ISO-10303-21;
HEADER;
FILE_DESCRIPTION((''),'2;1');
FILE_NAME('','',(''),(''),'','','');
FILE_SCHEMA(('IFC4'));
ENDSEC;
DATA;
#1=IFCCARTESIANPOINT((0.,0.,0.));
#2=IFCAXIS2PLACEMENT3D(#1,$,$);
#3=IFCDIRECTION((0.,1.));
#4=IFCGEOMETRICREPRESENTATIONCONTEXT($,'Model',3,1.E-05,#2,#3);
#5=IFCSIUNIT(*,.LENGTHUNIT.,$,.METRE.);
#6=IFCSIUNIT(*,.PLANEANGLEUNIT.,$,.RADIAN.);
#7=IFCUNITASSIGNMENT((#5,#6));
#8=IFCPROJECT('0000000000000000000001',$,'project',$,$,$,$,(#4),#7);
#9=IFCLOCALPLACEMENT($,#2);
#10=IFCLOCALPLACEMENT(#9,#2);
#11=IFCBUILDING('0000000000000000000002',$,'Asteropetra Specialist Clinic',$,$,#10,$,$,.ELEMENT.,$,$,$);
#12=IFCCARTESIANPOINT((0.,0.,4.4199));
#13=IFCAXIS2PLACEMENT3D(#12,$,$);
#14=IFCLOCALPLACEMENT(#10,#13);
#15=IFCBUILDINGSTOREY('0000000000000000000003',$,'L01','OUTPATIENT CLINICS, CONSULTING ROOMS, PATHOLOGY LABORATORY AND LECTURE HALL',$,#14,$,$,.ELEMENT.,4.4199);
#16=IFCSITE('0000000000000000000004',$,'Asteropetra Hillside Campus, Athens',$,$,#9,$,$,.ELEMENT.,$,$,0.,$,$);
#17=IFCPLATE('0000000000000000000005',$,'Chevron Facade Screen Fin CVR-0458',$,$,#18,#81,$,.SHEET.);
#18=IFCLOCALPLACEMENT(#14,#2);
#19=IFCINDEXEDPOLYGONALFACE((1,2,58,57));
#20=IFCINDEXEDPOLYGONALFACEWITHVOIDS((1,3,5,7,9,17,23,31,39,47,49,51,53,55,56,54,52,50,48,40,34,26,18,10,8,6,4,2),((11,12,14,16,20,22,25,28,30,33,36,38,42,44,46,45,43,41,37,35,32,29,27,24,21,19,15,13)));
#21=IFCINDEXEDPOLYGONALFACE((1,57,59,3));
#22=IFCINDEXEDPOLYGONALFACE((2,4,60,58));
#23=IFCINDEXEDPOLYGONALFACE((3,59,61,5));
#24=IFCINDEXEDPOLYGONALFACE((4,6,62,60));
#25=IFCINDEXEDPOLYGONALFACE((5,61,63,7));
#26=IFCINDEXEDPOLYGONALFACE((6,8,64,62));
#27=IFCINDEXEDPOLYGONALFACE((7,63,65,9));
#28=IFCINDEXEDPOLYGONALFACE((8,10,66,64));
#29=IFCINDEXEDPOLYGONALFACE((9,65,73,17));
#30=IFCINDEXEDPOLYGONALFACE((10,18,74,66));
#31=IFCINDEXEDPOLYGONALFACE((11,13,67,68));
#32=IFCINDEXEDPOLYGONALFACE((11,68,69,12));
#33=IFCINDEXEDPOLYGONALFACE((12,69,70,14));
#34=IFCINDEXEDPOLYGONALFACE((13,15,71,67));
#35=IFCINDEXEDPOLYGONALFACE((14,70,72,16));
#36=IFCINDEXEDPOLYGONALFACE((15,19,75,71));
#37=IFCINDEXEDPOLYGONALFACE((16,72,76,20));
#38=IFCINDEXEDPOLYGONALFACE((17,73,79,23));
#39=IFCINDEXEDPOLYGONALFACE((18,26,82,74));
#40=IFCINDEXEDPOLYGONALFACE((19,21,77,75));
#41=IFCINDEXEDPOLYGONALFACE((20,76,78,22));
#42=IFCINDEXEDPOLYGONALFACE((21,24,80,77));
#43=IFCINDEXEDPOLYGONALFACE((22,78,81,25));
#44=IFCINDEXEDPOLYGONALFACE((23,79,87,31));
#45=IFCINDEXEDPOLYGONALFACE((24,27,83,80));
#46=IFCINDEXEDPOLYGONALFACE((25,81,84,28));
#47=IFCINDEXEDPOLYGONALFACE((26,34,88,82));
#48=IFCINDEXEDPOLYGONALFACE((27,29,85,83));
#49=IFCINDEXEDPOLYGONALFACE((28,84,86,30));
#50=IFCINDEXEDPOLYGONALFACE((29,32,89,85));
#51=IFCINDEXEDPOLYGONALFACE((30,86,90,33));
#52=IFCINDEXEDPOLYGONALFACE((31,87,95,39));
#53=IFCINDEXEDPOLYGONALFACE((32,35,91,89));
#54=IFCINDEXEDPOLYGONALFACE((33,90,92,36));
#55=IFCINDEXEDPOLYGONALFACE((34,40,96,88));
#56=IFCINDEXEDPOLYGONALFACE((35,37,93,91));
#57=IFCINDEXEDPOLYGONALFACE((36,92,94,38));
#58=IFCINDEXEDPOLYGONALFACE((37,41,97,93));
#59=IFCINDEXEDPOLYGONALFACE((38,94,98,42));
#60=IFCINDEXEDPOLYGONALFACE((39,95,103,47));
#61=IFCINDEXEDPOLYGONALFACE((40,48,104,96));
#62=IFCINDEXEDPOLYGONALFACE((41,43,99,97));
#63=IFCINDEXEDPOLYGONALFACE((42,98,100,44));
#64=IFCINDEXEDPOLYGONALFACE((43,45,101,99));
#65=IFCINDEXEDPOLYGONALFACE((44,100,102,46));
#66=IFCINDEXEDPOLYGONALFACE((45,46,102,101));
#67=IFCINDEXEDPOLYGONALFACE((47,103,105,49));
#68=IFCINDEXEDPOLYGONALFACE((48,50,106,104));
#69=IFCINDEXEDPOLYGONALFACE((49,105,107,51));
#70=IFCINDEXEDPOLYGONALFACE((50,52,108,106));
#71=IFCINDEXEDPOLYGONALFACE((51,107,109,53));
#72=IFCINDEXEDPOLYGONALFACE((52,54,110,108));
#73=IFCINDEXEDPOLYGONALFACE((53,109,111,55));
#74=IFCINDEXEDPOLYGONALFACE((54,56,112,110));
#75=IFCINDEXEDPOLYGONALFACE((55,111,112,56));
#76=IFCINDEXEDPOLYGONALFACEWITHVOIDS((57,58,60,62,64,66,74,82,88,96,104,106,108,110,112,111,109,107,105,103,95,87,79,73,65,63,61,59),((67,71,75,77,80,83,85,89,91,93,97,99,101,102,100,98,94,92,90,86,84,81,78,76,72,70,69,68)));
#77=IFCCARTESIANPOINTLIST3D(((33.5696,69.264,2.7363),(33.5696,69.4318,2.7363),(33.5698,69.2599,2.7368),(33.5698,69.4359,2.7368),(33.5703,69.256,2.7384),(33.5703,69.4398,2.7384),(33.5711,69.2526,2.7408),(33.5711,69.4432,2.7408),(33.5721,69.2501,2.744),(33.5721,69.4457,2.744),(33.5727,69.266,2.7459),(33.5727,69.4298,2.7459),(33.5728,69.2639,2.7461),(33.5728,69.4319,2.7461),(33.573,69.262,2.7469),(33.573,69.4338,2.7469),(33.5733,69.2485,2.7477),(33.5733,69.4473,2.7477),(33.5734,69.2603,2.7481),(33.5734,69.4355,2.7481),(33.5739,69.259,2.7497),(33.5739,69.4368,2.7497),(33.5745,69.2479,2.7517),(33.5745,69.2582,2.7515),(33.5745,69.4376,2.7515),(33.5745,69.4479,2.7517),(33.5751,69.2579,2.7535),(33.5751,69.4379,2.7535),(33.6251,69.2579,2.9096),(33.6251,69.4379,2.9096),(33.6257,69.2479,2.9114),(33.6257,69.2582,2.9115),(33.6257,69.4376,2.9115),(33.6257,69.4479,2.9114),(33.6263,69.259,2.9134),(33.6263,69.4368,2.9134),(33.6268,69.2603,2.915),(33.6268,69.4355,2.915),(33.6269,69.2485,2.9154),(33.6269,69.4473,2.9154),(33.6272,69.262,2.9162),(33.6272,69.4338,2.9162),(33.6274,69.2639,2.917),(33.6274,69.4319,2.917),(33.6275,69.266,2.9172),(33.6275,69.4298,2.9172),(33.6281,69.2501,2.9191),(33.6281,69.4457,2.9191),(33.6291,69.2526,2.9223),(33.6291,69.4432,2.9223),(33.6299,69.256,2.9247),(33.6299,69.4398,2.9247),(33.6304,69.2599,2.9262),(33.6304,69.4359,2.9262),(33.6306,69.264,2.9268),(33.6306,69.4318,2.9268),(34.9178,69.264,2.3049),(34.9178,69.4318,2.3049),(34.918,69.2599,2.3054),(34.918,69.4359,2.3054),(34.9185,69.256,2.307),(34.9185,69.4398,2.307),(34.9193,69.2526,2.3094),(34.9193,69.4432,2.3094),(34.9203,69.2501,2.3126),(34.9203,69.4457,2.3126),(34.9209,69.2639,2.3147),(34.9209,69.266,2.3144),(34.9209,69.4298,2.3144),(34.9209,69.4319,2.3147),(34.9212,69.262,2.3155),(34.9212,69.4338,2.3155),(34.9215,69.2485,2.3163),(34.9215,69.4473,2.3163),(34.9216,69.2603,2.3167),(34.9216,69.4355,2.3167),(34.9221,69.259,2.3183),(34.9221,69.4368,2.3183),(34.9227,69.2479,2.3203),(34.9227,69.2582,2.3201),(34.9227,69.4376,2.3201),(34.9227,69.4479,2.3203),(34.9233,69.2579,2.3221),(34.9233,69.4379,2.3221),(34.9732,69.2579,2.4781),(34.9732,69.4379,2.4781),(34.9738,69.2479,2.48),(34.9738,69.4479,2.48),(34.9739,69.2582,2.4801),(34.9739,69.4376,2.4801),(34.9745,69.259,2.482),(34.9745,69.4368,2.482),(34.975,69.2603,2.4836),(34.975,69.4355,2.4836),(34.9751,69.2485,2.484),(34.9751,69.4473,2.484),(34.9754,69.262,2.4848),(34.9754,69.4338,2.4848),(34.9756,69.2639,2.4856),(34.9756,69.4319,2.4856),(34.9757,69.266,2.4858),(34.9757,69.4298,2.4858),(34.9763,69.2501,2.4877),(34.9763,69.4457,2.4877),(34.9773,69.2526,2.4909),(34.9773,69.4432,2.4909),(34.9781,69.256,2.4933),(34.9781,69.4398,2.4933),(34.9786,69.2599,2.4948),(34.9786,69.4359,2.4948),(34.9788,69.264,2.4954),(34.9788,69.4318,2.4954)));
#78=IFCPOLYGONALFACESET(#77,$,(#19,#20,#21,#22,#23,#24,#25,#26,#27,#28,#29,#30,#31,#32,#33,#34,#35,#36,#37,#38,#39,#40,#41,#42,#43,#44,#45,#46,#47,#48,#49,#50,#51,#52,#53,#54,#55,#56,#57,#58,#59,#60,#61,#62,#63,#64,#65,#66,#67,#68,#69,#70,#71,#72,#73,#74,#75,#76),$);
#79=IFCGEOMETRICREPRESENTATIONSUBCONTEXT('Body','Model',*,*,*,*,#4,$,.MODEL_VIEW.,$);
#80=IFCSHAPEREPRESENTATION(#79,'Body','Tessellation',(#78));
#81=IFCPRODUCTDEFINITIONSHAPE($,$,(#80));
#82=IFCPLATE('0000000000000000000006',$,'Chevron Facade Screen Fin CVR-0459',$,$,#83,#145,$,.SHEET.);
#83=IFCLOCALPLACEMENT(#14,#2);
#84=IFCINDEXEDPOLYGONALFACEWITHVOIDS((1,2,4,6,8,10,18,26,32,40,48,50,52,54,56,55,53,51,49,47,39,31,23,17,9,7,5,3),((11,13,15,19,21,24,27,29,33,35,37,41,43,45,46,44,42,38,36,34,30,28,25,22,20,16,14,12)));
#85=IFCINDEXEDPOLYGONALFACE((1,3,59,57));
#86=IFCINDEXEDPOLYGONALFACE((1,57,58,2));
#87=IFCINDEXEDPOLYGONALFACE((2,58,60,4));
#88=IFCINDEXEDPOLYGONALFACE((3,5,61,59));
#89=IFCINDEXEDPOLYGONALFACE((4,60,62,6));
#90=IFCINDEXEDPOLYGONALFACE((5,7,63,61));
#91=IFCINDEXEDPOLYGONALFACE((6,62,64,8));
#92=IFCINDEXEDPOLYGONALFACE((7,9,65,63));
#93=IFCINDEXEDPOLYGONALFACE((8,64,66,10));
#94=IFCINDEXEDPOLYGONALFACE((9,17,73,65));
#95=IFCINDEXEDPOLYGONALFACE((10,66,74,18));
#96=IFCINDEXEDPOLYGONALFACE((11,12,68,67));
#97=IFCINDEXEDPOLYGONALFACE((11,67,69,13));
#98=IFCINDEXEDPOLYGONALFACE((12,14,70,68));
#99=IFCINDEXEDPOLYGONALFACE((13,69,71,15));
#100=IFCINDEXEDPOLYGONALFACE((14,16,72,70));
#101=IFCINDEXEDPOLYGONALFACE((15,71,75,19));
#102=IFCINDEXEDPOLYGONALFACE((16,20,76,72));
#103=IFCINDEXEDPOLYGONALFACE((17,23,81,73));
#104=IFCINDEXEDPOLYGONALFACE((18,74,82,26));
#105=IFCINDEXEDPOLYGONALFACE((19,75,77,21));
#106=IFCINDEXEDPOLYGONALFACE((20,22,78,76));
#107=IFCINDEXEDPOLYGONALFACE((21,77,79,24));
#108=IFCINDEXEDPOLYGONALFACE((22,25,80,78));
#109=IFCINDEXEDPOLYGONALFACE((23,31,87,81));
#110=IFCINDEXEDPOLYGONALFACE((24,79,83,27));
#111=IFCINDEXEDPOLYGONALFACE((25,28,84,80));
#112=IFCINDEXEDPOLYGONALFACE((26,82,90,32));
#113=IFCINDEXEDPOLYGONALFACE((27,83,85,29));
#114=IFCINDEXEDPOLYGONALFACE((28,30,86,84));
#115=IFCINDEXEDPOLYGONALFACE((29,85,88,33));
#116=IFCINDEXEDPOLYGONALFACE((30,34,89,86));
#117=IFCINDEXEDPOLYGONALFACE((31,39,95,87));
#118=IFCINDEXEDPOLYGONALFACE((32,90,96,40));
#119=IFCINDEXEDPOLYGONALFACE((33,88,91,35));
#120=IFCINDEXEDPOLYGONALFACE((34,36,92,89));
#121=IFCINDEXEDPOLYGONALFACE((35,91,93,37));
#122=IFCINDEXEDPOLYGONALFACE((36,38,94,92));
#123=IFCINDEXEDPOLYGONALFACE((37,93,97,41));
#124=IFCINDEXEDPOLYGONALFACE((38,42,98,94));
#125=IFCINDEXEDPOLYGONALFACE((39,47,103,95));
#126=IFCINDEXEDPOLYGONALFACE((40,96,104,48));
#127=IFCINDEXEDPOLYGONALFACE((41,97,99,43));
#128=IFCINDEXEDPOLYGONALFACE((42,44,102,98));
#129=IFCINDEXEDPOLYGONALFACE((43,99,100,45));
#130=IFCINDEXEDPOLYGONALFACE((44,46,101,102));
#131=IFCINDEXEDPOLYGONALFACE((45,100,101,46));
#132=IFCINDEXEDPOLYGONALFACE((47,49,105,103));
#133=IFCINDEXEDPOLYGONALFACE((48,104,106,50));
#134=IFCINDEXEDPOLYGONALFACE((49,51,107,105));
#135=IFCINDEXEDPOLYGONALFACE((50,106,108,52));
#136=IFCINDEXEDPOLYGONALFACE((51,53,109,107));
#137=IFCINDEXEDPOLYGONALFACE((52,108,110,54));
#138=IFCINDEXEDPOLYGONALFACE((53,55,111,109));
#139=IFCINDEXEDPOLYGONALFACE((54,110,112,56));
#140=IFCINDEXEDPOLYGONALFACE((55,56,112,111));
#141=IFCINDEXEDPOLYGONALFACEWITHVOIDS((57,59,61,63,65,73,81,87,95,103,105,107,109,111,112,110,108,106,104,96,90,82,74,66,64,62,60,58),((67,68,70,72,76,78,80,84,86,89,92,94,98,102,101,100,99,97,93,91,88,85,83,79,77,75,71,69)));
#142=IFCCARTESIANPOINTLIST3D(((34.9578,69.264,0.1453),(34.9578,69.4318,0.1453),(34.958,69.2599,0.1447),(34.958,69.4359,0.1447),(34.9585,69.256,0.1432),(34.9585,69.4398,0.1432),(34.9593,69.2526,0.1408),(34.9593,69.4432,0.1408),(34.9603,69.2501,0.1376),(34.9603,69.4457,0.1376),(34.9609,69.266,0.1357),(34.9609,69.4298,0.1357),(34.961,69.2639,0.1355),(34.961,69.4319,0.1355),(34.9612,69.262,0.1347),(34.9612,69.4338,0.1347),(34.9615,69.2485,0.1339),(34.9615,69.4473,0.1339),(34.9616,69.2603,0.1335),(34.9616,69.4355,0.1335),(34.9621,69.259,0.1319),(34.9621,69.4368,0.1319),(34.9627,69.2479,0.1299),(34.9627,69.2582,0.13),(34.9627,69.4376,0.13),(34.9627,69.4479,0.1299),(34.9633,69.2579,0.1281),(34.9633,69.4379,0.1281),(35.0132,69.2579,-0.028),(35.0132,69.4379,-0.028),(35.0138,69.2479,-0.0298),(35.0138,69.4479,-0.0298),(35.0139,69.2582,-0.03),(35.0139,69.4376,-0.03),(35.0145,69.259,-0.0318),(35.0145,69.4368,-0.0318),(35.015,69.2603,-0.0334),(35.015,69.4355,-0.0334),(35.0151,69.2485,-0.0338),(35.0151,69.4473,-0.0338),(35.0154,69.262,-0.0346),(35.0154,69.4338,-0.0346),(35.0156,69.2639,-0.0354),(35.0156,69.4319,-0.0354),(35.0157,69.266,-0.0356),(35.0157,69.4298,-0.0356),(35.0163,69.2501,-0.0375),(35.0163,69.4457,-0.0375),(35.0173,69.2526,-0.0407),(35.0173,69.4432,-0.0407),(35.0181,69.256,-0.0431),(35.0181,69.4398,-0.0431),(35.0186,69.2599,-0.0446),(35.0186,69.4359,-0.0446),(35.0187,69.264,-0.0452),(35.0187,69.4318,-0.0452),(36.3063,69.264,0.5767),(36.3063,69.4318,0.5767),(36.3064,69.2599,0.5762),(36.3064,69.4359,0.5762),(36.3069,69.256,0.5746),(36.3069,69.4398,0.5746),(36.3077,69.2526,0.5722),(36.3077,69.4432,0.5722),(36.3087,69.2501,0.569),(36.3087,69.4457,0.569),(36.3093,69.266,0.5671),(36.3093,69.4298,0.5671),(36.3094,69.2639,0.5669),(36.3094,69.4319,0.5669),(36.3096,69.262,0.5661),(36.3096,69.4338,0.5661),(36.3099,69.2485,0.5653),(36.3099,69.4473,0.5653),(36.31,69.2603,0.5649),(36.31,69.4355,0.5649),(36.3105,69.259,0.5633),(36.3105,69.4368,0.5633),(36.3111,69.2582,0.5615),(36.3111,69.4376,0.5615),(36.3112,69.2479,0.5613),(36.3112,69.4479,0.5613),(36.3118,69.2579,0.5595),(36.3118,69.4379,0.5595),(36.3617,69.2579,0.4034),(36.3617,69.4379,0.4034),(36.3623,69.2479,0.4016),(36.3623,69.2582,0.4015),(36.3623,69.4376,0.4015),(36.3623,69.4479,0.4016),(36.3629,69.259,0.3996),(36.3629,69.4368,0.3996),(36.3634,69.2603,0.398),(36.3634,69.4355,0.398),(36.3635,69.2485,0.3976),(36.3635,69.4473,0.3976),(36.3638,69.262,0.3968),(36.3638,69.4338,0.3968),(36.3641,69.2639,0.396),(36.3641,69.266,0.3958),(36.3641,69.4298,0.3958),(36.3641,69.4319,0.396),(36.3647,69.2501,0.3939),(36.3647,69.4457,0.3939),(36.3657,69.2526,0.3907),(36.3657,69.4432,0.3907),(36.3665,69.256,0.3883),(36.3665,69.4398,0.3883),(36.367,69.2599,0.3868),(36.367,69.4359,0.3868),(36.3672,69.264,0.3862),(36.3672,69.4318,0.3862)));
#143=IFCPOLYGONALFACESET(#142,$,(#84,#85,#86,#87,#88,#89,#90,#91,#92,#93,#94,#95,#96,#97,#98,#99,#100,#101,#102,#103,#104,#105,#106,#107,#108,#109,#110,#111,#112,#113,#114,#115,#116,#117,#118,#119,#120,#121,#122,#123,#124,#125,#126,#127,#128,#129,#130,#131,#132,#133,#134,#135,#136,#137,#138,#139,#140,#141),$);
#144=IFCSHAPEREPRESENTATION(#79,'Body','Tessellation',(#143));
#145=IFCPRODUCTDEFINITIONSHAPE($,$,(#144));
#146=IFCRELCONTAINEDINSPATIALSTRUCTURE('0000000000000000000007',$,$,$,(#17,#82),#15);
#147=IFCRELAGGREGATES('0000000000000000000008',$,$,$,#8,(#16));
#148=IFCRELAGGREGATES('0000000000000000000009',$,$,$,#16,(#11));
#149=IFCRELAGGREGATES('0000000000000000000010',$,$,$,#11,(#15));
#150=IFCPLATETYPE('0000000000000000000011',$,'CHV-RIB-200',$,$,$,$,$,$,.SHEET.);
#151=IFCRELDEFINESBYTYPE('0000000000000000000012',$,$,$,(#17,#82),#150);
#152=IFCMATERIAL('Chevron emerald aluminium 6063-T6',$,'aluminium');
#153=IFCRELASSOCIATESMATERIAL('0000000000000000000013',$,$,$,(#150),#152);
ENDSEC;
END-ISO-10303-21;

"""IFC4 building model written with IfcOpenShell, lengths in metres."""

from ifc_helpers import new_model, si_unit, direction, frame, origin, origin_2d, place, context, subcontext, project, spatial, hollow_rectangle, extrude, material, material_profile, profile_set, type_object, element, save


model = new_model("IFC4")

# Units and contexts
model_context = context("Model", 3, precision=1e-05, world=origin(), true_north=direction((0.0, 1.0)))
body_context = subcontext(model_context, "Body", "Model", "MODEL_VIEW")
ifc_project = project(units=[si_unit("LENGTHUNIT", "METRE"), si_unit("PLANEANGLEUNIT", "RADIAN")], contexts=[model_context])

# Site, building, storey
site_placement = place(None, origin())
site = spatial("IfcSite", under=ifc_project, at=site_placement, Name="Asteropetra Hillside Campus, Athens", CompositionType="ELEMENT", RefElevation=0.0)
building_placement = place(site_placement, origin())
building = spatial("IfcBuilding", under=site, at=building_placement, Name="Asteropetra Specialist Clinic", CompositionType="ELEMENT")
storey_placement = place(building_placement, frame((0.0, 0.0, 4.4199)))
storey = spatial("IfcBuildingStorey", under=building, at=storey_placement, Name="L01", Description="OUTPATIENT CLINICS, CONSULTING ROOMS, PATHOLOGY LABORATORY AND LECTURE HALL", CompositionType="ELEMENT", Elevation=4.4199)

# Plates
ifc_material_1 = material(Name="Chevron emerald aluminium 6063-T6", Category="aluminium")
ifc_material_profile = material_profile(ifc_material_1, hollow_rectangle(XDim=0.2, YDim=0.2, WallThickness=0.01, InnerFilletRadius=0.0081, OuterFilletRadius=0.0161, at=origin_2d()), Name="SHS 200x200x10.0")
ifc_profile_set = profile_set([ifc_material_profile], Name="Chevron emerald aluminium 6063-T6")
plate_type = type_object("IfcPlateType", Name="CHV-RIB-200", PredefinedType="SHEET", material=ifc_profile_set)
plate_1_placement = place(storey_placement, frame((33.6001, 69.3479, 2.8315), z_axis=(0.952426, 0.0, -0.304769), x_axis=(0.0, 1.0, 0.0)))
element("IfcPlate", 1, at=plate_1_placement, inside=storey, type_object=plate_type, Name="Chevron Facade Screen Fin CVR-0458", PredefinedType="SHEET", context=body_context, shape_type="SweptSolid", body=[
    extrude(hollow_rectangle(XDim=0.2, YDim=0.2, WallThickness=0.01, InnerFilletRadius=0.0081, OuterFilletRadius=0.0161, at=origin_2d()), origin(), (0.0, 0.0, 1.0), 1.4155),
])
for number, where, z_axis, x_axis, name in (
    (2, (34.9883, 69.3479, 0.05), (0.952442, 0.0, 0.304719), (0.0, 1.0, 0.0), "Chevron Facade Screen Fin CVR-0459"),
):
    element("IfcPlate", number, at=place(storey_placement, frame(where, z_axis=z_axis, x_axis=x_axis)), inside=storey, type_object=plate_type, Name=name, PredefinedType="SHEET", context=body_context, shape_type="SweptSolid", body=[
        extrude(hollow_rectangle(XDim=0.2, YDim=0.2, WallThickness=0.01, InnerFilletRadius=0.0081, OuterFilletRadius=0.0161, at=origin_2d()), origin(), (0.0, 0.0, 1.0), 1.4158),
    ])

save(model, "model.ifc")
